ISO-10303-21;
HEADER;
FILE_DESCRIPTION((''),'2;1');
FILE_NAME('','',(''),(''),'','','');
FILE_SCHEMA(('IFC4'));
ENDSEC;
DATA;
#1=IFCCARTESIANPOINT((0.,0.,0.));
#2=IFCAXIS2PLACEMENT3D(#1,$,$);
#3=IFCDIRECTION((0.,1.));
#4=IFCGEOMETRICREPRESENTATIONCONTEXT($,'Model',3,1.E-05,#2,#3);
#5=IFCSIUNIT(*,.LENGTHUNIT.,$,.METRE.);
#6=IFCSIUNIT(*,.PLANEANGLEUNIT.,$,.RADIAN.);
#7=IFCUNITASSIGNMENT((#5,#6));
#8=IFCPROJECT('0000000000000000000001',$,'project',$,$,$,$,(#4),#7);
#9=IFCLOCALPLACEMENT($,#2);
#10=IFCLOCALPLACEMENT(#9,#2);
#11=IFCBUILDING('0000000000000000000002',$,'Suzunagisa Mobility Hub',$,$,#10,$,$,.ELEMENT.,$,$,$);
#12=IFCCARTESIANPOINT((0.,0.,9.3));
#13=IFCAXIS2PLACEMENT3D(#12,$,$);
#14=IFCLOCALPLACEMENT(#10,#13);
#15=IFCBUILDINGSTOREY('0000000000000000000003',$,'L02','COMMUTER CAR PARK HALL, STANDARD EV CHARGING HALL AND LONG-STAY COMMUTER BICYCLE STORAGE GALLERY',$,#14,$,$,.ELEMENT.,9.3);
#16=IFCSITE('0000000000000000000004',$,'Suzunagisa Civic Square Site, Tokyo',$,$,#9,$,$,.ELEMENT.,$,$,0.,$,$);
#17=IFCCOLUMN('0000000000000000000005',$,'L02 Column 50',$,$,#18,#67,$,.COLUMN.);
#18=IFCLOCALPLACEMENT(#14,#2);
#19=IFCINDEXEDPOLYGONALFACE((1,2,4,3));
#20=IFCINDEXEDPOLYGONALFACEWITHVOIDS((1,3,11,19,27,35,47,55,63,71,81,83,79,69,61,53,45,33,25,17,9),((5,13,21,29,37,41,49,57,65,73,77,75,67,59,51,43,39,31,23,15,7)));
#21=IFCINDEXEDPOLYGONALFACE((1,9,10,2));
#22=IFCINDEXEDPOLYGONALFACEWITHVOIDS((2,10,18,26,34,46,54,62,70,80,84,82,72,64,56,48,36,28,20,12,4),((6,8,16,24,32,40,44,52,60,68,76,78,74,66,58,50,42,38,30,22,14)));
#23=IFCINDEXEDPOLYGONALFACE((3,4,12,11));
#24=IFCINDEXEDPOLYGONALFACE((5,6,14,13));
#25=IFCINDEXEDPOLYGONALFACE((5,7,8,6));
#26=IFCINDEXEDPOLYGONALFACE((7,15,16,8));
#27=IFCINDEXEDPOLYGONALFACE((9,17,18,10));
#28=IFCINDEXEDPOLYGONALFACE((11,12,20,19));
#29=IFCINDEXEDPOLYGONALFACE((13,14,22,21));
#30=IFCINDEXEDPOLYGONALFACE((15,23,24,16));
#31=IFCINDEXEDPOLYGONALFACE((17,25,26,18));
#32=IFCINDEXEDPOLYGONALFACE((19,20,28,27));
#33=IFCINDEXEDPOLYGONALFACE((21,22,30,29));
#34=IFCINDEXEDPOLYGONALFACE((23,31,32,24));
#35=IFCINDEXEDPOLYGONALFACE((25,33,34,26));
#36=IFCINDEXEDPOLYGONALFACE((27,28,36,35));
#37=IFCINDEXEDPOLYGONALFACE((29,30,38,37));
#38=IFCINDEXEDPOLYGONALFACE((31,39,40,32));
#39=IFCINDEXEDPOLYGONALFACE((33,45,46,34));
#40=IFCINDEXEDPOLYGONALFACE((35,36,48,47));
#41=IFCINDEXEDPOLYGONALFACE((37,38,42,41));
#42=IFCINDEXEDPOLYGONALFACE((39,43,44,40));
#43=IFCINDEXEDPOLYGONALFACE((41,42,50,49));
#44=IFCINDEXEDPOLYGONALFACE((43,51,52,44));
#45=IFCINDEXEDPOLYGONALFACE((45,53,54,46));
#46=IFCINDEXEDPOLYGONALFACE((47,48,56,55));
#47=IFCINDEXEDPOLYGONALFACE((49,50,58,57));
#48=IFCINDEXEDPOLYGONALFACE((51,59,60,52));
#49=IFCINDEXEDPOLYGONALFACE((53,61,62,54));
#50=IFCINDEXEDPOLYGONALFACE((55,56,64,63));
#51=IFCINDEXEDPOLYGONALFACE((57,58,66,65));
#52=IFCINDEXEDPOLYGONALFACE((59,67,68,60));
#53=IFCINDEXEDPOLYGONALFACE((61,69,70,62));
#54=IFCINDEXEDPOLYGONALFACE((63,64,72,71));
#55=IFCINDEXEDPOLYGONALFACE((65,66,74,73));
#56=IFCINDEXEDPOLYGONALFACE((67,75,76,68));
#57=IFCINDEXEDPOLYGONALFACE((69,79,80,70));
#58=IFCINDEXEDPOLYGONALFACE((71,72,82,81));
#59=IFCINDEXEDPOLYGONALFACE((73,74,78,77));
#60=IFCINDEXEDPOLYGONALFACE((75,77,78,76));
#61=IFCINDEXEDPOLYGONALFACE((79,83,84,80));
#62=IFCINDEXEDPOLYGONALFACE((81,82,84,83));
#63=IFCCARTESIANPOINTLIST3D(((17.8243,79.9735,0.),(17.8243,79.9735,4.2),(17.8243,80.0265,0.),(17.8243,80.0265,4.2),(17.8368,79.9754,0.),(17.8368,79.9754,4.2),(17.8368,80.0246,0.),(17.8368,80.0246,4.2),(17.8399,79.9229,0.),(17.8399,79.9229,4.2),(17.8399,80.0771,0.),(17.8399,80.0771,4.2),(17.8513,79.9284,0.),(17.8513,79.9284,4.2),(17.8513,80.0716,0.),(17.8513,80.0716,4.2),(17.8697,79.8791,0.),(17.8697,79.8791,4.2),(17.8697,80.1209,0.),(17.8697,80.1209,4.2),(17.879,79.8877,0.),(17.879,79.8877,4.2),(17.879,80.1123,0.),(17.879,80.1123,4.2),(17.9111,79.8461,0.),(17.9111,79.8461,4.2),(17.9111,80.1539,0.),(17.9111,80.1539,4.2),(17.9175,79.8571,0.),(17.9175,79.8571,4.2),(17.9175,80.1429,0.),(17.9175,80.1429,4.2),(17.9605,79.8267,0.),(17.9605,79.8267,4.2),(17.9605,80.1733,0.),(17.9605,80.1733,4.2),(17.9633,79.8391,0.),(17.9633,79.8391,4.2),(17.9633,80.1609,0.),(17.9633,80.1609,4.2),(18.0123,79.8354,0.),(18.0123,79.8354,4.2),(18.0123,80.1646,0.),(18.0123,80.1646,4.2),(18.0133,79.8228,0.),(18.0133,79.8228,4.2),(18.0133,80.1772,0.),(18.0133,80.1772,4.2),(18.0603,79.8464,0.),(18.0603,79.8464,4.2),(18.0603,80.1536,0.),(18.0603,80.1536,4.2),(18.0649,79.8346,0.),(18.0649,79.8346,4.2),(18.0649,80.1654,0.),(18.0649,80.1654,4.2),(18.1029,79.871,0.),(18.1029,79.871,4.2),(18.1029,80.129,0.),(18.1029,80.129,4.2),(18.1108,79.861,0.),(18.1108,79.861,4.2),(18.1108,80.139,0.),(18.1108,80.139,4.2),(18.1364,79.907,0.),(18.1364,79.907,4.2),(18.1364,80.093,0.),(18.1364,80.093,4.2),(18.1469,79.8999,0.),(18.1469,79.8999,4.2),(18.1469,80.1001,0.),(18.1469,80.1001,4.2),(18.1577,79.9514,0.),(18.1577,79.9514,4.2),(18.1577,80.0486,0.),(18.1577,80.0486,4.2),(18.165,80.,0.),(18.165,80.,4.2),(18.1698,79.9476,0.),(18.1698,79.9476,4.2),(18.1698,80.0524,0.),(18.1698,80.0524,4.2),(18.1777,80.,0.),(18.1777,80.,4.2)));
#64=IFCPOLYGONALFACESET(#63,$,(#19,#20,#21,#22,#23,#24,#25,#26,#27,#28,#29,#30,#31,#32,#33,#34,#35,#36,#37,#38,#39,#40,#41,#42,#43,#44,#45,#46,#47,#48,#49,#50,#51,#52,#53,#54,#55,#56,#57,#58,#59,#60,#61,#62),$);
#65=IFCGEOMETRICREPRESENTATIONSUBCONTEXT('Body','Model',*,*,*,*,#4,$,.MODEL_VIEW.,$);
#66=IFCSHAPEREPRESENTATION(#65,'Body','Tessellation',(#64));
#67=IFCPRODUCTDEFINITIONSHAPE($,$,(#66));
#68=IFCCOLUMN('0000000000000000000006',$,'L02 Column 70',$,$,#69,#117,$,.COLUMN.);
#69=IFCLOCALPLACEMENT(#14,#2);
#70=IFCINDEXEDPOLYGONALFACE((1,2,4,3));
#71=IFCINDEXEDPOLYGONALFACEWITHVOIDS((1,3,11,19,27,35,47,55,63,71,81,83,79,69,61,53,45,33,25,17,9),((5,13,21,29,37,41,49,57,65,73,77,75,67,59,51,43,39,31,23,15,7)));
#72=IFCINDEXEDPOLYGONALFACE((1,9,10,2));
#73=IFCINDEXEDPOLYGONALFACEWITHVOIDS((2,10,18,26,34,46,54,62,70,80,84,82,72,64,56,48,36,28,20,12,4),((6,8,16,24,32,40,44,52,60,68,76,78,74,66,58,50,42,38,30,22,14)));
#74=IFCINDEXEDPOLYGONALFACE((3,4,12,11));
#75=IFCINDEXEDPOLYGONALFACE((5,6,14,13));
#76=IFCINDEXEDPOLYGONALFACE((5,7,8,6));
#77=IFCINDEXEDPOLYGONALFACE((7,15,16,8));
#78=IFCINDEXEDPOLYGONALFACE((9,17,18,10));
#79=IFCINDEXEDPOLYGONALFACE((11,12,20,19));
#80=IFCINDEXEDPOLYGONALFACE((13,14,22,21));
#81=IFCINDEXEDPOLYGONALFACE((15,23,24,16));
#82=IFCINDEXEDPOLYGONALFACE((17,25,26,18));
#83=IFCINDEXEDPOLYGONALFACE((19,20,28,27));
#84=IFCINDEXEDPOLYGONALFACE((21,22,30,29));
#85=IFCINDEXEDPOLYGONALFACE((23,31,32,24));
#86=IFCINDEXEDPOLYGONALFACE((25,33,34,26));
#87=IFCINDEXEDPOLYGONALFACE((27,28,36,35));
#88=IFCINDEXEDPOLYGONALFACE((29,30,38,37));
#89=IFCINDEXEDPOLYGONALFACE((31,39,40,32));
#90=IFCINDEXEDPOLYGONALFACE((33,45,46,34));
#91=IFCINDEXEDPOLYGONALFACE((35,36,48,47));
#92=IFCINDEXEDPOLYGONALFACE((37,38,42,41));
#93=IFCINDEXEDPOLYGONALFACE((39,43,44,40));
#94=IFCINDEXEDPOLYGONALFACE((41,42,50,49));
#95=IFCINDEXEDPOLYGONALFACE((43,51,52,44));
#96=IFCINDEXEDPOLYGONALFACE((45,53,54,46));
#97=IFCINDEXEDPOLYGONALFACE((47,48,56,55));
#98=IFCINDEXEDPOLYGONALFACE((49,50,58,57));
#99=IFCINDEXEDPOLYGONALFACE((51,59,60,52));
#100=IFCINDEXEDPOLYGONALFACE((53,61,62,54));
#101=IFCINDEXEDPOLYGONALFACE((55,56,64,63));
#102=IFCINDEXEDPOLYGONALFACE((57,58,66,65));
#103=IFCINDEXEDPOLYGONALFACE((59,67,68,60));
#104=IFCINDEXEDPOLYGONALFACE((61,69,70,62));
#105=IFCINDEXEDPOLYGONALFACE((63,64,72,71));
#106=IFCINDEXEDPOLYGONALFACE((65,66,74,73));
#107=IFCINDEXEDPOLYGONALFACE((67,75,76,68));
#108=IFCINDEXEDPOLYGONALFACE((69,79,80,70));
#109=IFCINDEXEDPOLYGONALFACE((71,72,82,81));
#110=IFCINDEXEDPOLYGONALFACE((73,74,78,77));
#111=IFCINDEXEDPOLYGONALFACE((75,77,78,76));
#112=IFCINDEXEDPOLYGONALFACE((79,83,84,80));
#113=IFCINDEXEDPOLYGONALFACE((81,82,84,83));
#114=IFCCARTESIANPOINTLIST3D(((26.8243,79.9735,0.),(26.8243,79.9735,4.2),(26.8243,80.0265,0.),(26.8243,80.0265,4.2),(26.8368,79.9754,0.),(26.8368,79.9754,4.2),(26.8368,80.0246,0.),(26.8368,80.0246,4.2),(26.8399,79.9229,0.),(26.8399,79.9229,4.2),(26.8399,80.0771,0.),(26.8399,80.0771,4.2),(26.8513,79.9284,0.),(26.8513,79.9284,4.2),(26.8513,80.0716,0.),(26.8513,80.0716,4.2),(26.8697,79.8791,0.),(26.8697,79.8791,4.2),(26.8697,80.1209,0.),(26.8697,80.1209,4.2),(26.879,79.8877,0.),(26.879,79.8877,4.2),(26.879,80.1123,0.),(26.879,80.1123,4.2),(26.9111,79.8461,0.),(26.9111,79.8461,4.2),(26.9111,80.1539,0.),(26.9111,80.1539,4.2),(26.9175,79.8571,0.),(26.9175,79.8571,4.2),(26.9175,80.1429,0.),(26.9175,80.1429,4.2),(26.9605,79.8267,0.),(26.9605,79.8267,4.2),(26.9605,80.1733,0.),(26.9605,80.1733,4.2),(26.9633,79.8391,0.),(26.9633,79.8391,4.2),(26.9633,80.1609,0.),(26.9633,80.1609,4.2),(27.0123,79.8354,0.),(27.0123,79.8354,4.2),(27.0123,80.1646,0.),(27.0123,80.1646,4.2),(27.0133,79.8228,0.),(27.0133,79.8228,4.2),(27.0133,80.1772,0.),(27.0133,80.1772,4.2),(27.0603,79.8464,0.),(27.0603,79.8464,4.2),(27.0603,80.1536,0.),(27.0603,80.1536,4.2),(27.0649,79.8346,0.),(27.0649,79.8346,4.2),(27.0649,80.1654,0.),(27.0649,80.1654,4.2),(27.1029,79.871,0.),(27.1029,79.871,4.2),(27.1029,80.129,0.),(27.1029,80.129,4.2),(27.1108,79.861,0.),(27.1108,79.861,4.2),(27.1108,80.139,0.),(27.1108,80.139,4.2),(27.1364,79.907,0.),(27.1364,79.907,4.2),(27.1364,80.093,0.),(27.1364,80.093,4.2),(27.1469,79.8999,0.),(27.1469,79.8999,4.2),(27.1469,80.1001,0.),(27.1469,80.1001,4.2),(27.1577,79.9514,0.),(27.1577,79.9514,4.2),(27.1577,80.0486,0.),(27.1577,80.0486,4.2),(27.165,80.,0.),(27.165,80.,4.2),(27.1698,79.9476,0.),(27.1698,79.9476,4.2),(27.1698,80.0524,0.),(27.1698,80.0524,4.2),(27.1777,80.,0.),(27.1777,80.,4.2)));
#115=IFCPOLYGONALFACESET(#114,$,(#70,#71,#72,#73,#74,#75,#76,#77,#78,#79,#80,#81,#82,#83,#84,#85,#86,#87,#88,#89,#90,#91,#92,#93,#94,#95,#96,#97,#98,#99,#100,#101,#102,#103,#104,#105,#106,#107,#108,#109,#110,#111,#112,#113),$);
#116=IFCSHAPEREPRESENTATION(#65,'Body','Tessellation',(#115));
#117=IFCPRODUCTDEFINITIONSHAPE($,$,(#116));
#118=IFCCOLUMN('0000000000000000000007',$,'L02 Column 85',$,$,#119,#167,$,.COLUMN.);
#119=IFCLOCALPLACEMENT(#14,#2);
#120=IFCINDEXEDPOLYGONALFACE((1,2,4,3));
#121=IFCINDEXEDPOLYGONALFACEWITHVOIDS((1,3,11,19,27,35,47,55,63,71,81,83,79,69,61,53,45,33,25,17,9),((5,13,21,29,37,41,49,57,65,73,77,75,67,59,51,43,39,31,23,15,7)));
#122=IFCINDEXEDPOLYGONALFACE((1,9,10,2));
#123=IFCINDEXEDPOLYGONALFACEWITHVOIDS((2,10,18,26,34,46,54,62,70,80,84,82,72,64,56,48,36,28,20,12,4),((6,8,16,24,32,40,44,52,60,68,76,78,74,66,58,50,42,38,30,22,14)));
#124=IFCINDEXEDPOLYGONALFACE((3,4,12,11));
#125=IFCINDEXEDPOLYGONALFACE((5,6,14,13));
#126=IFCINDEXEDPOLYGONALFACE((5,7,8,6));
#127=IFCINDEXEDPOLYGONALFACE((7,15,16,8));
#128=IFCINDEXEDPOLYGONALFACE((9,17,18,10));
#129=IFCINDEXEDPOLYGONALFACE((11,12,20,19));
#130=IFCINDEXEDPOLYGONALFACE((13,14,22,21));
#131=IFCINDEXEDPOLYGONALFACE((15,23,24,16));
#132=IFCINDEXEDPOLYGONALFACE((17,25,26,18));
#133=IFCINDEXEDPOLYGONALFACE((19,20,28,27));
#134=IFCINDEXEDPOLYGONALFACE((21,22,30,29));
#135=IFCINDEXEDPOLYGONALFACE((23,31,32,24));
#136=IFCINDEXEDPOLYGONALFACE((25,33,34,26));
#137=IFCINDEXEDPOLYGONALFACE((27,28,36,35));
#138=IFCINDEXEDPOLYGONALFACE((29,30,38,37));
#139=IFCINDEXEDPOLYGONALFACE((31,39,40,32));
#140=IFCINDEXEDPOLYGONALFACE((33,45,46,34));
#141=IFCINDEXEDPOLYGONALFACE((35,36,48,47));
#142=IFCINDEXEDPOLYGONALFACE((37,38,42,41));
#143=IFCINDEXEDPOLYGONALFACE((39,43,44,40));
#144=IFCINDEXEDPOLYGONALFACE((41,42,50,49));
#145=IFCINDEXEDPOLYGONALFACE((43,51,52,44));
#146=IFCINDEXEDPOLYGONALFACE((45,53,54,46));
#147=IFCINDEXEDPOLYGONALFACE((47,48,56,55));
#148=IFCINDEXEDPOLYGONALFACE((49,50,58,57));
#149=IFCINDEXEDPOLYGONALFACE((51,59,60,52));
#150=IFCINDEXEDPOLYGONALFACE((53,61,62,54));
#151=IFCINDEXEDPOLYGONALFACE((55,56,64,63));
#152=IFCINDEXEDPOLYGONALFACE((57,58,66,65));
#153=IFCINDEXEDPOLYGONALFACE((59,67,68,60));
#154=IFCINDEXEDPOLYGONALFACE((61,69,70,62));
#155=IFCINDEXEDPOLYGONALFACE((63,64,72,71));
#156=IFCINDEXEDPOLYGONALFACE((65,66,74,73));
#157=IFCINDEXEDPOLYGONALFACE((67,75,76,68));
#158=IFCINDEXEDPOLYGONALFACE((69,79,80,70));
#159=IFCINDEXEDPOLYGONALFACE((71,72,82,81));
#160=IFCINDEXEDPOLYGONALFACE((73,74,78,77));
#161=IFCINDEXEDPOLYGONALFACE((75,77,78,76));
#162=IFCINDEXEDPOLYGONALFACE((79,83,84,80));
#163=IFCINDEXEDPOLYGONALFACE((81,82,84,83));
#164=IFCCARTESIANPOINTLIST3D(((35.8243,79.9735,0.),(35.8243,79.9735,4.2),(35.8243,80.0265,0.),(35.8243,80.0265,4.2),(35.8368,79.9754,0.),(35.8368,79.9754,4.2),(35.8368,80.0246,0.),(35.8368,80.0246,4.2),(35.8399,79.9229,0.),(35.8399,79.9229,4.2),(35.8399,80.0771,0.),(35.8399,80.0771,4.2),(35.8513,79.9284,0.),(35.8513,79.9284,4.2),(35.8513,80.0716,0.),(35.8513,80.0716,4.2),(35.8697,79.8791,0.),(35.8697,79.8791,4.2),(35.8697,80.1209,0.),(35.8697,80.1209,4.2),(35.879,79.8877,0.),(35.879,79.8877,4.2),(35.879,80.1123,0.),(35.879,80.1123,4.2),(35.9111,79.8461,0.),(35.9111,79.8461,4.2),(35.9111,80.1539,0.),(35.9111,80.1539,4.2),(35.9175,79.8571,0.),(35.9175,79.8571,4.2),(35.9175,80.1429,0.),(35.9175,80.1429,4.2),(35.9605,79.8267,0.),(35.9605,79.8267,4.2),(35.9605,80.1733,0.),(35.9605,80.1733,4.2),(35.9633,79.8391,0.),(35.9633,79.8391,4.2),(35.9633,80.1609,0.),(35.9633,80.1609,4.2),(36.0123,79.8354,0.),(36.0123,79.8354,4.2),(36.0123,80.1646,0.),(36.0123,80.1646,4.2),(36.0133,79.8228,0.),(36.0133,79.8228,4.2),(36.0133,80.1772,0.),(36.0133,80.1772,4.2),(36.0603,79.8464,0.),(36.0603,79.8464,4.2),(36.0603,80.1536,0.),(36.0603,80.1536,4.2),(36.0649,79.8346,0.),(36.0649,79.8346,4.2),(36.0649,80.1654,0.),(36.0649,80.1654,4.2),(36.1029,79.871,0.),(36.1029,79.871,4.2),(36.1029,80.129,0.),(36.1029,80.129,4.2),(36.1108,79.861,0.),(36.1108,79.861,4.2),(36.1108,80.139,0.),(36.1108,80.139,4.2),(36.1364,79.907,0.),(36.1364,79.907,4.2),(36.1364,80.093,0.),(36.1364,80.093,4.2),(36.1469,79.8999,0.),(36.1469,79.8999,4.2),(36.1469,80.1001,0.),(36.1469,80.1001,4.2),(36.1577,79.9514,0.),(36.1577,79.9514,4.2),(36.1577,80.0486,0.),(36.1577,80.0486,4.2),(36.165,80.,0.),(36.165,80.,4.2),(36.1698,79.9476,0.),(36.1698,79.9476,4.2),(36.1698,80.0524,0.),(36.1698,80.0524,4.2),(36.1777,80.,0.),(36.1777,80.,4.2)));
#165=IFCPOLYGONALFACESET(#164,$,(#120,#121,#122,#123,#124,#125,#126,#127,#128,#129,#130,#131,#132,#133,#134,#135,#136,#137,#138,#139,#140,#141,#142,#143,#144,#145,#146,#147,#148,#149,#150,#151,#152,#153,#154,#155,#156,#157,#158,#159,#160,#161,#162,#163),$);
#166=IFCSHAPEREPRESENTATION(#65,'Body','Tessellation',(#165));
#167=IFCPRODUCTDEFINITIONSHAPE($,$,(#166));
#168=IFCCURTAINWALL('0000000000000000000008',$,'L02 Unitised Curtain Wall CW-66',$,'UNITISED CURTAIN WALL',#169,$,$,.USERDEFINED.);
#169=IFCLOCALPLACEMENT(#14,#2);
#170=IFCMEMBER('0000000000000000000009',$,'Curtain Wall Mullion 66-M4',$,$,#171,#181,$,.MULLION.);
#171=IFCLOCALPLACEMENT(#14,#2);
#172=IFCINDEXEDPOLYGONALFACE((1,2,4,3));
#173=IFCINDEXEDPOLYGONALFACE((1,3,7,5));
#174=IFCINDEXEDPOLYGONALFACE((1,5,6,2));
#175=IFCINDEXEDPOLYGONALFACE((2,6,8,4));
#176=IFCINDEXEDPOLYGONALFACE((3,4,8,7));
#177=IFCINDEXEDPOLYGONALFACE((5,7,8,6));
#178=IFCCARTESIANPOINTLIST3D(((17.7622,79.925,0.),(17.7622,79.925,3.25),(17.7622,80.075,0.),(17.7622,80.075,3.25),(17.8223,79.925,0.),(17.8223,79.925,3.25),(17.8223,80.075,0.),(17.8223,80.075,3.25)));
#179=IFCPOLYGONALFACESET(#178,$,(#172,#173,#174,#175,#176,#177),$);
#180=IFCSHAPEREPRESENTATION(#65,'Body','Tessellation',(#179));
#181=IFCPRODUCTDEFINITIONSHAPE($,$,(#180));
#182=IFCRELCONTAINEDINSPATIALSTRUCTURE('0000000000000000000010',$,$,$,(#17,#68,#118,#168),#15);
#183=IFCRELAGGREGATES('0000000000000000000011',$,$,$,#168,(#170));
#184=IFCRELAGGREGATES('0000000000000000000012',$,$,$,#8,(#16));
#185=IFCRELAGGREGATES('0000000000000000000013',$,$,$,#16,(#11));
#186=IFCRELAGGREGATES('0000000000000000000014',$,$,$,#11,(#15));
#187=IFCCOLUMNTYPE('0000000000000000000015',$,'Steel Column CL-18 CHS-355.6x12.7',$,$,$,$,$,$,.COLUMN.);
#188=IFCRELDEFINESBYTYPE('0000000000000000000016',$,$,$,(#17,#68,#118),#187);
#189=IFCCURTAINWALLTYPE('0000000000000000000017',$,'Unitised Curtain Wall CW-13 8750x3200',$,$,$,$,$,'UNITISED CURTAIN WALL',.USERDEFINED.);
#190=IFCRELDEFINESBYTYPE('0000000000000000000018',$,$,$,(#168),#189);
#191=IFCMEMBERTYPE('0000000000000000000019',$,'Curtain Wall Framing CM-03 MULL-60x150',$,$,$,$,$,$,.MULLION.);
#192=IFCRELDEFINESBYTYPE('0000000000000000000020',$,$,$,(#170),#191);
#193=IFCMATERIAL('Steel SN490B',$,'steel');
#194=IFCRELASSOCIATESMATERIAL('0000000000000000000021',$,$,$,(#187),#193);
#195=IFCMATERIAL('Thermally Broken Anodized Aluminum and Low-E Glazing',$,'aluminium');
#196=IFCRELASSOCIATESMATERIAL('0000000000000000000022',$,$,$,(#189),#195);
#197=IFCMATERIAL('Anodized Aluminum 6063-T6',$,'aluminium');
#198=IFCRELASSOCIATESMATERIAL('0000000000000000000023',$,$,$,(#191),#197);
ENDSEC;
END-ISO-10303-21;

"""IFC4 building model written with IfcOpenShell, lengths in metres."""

from ifc_helpers import new_model, si_unit, direction, frame, origin, origin_2d, place, context, subcontext, project, spatial, rectangle, hollow_circle, extrude, material, material_profile, profile_set, type_object, element, aggregate, save


model = new_model("IFC4")

# Units and contexts
model_context = context("Model", 3, precision=1e-05, world=origin(), true_north=direction((0.0, 1.0)))
body_context = subcontext(model_context, "Body", "Model", "MODEL_VIEW")
ifc_project = project(units=[si_unit("LENGTHUNIT", "METRE"), si_unit("PLANEANGLEUNIT", "RADIAN")], contexts=[model_context])

# Site, building, storey
site_placement = place(None, origin())
site = spatial("IfcSite", under=ifc_project, at=site_placement, Name="Suzunagisa Civic Square Site, Tokyo", CompositionType="ELEMENT", RefElevation=0.0)
building_placement = place(site_placement, origin())
building = spatial("IfcBuilding", under=site, at=building_placement, Name="Suzunagisa Mobility Hub", CompositionType="ELEMENT")
storey_placement = place(building_placement, frame((0.0, 0.0, 9.3)))
storey = spatial("IfcBuildingStorey", under=building, at=storey_placement, Name="L02", Description="COMMUTER CAR PARK HALL, STANDARD EV CHARGING HALL AND LONG-STAY COMMUTER BICYCLE STORAGE GALLERY", CompositionType="ELEMENT", Elevation=9.3)

# Columns
ifc_material_1 = material(Name="Steel SN490B", Category="steel")
ifc_material_profile_1 = material_profile(ifc_material_1, hollow_circle(Radius=0.1777, WallThickness=0.0127, at=origin_2d()), Name="CHS-355.6x12.7")
ifc_profile_set_1 = profile_set([ifc_material_profile_1], Name="Steel SN490B")
column_type_1 = type_object("IfcColumnType", Name="Steel Column CL-18 CHS-355.6x12.7", PredefinedType="COLUMN", material=ifc_profile_set_1)
for number, where, z_axis, x_axis, name in (
    (1, (18.0, 80.0, 0.0), (0.0, 0.0, 1.0), (1.0, 0.0, 0.0), "L02 Column 50"),
    (2, (27.0, 80.0, 0.0), (0.0, 0.0, 1.0), (1.0, 0.0, 0.0), "L02 Column 70"),
    (3, (36.0, 80.0, 0.0), (0.0, 0.0, 1.0), (1.0, 0.0, 0.0), "L02 Column 85"),
):
    element("IfcColumn", number, at=place(storey_placement, frame(where, z_axis=z_axis, x_axis=x_axis)), inside=storey, type_object=column_type_1, Name=name, PredefinedType="COLUMN", context=body_context, shape_type="SweptSolid", body=[
        extrude(hollow_circle(Radius=0.1777, WallThickness=0.0127, at=origin_2d()), origin(), (0.0, 0.0, 1.0), 4.2),
    ])

# Curtain wall, member
ifc_material_2 = material(Name="Thermally Broken Anodized Aluminum and Low-E Glazing", Category="aluminium")
curtain_wall_type = type_object("IfcCurtainWallType", Name="Unitised Curtain Wall CW-13 8750x3200", ElementType="UNITISED CURTAIN WALL", PredefinedType="USERDEFINED", material=ifc_material_2)
curtain_wall_placement = place(storey_placement, origin())
curtain_wall = element("IfcCurtainWall", 4, at=curtain_wall_placement, inside=storey, type_object=curtain_wall_type, Name="L02 Unitised Curtain Wall CW-66", ObjectType="UNITISED CURTAIN WALL", PredefinedType="USERDEFINED")
ifc_material_3 = material(Name="Anodized Aluminum 6063-T6", Category="aluminium")
ifc_material_profile_2 = material_profile(ifc_material_3, rectangle(XDim=0.0601, YDim=0.1499, at=origin_2d()), Name="MULL-60x150")
ifc_profile_set_2 = profile_set([ifc_material_profile_2], Name="Anodized Aluminum 6063-T6")
member_type = type_object("IfcMemberType", Name="Curtain Wall Framing CM-03 MULL-60x150", PredefinedType="MULLION", material=ifc_profile_set_2)
member_placement = place(storey_placement, frame((17.7922, 80.0, 0.0), z_axis=(0.0, 0.0, 1.0), x_axis=(1.0, 0.0, 0.0)))
member = element("IfcMember", 5, at=member_placement, type_object=member_type, Name="Curtain Wall Mullion 66-M4", PredefinedType="MULLION", context=body_context, shape_type="SweptSolid", body=[
    extrude(rectangle(XDim=0.0601, YDim=0.1499, at=origin_2d()), origin(), (0.0, 0.0, 1.0), 3.25),
])

aggregate(curtain_wall, [member])

save(model, "model.ifc")
